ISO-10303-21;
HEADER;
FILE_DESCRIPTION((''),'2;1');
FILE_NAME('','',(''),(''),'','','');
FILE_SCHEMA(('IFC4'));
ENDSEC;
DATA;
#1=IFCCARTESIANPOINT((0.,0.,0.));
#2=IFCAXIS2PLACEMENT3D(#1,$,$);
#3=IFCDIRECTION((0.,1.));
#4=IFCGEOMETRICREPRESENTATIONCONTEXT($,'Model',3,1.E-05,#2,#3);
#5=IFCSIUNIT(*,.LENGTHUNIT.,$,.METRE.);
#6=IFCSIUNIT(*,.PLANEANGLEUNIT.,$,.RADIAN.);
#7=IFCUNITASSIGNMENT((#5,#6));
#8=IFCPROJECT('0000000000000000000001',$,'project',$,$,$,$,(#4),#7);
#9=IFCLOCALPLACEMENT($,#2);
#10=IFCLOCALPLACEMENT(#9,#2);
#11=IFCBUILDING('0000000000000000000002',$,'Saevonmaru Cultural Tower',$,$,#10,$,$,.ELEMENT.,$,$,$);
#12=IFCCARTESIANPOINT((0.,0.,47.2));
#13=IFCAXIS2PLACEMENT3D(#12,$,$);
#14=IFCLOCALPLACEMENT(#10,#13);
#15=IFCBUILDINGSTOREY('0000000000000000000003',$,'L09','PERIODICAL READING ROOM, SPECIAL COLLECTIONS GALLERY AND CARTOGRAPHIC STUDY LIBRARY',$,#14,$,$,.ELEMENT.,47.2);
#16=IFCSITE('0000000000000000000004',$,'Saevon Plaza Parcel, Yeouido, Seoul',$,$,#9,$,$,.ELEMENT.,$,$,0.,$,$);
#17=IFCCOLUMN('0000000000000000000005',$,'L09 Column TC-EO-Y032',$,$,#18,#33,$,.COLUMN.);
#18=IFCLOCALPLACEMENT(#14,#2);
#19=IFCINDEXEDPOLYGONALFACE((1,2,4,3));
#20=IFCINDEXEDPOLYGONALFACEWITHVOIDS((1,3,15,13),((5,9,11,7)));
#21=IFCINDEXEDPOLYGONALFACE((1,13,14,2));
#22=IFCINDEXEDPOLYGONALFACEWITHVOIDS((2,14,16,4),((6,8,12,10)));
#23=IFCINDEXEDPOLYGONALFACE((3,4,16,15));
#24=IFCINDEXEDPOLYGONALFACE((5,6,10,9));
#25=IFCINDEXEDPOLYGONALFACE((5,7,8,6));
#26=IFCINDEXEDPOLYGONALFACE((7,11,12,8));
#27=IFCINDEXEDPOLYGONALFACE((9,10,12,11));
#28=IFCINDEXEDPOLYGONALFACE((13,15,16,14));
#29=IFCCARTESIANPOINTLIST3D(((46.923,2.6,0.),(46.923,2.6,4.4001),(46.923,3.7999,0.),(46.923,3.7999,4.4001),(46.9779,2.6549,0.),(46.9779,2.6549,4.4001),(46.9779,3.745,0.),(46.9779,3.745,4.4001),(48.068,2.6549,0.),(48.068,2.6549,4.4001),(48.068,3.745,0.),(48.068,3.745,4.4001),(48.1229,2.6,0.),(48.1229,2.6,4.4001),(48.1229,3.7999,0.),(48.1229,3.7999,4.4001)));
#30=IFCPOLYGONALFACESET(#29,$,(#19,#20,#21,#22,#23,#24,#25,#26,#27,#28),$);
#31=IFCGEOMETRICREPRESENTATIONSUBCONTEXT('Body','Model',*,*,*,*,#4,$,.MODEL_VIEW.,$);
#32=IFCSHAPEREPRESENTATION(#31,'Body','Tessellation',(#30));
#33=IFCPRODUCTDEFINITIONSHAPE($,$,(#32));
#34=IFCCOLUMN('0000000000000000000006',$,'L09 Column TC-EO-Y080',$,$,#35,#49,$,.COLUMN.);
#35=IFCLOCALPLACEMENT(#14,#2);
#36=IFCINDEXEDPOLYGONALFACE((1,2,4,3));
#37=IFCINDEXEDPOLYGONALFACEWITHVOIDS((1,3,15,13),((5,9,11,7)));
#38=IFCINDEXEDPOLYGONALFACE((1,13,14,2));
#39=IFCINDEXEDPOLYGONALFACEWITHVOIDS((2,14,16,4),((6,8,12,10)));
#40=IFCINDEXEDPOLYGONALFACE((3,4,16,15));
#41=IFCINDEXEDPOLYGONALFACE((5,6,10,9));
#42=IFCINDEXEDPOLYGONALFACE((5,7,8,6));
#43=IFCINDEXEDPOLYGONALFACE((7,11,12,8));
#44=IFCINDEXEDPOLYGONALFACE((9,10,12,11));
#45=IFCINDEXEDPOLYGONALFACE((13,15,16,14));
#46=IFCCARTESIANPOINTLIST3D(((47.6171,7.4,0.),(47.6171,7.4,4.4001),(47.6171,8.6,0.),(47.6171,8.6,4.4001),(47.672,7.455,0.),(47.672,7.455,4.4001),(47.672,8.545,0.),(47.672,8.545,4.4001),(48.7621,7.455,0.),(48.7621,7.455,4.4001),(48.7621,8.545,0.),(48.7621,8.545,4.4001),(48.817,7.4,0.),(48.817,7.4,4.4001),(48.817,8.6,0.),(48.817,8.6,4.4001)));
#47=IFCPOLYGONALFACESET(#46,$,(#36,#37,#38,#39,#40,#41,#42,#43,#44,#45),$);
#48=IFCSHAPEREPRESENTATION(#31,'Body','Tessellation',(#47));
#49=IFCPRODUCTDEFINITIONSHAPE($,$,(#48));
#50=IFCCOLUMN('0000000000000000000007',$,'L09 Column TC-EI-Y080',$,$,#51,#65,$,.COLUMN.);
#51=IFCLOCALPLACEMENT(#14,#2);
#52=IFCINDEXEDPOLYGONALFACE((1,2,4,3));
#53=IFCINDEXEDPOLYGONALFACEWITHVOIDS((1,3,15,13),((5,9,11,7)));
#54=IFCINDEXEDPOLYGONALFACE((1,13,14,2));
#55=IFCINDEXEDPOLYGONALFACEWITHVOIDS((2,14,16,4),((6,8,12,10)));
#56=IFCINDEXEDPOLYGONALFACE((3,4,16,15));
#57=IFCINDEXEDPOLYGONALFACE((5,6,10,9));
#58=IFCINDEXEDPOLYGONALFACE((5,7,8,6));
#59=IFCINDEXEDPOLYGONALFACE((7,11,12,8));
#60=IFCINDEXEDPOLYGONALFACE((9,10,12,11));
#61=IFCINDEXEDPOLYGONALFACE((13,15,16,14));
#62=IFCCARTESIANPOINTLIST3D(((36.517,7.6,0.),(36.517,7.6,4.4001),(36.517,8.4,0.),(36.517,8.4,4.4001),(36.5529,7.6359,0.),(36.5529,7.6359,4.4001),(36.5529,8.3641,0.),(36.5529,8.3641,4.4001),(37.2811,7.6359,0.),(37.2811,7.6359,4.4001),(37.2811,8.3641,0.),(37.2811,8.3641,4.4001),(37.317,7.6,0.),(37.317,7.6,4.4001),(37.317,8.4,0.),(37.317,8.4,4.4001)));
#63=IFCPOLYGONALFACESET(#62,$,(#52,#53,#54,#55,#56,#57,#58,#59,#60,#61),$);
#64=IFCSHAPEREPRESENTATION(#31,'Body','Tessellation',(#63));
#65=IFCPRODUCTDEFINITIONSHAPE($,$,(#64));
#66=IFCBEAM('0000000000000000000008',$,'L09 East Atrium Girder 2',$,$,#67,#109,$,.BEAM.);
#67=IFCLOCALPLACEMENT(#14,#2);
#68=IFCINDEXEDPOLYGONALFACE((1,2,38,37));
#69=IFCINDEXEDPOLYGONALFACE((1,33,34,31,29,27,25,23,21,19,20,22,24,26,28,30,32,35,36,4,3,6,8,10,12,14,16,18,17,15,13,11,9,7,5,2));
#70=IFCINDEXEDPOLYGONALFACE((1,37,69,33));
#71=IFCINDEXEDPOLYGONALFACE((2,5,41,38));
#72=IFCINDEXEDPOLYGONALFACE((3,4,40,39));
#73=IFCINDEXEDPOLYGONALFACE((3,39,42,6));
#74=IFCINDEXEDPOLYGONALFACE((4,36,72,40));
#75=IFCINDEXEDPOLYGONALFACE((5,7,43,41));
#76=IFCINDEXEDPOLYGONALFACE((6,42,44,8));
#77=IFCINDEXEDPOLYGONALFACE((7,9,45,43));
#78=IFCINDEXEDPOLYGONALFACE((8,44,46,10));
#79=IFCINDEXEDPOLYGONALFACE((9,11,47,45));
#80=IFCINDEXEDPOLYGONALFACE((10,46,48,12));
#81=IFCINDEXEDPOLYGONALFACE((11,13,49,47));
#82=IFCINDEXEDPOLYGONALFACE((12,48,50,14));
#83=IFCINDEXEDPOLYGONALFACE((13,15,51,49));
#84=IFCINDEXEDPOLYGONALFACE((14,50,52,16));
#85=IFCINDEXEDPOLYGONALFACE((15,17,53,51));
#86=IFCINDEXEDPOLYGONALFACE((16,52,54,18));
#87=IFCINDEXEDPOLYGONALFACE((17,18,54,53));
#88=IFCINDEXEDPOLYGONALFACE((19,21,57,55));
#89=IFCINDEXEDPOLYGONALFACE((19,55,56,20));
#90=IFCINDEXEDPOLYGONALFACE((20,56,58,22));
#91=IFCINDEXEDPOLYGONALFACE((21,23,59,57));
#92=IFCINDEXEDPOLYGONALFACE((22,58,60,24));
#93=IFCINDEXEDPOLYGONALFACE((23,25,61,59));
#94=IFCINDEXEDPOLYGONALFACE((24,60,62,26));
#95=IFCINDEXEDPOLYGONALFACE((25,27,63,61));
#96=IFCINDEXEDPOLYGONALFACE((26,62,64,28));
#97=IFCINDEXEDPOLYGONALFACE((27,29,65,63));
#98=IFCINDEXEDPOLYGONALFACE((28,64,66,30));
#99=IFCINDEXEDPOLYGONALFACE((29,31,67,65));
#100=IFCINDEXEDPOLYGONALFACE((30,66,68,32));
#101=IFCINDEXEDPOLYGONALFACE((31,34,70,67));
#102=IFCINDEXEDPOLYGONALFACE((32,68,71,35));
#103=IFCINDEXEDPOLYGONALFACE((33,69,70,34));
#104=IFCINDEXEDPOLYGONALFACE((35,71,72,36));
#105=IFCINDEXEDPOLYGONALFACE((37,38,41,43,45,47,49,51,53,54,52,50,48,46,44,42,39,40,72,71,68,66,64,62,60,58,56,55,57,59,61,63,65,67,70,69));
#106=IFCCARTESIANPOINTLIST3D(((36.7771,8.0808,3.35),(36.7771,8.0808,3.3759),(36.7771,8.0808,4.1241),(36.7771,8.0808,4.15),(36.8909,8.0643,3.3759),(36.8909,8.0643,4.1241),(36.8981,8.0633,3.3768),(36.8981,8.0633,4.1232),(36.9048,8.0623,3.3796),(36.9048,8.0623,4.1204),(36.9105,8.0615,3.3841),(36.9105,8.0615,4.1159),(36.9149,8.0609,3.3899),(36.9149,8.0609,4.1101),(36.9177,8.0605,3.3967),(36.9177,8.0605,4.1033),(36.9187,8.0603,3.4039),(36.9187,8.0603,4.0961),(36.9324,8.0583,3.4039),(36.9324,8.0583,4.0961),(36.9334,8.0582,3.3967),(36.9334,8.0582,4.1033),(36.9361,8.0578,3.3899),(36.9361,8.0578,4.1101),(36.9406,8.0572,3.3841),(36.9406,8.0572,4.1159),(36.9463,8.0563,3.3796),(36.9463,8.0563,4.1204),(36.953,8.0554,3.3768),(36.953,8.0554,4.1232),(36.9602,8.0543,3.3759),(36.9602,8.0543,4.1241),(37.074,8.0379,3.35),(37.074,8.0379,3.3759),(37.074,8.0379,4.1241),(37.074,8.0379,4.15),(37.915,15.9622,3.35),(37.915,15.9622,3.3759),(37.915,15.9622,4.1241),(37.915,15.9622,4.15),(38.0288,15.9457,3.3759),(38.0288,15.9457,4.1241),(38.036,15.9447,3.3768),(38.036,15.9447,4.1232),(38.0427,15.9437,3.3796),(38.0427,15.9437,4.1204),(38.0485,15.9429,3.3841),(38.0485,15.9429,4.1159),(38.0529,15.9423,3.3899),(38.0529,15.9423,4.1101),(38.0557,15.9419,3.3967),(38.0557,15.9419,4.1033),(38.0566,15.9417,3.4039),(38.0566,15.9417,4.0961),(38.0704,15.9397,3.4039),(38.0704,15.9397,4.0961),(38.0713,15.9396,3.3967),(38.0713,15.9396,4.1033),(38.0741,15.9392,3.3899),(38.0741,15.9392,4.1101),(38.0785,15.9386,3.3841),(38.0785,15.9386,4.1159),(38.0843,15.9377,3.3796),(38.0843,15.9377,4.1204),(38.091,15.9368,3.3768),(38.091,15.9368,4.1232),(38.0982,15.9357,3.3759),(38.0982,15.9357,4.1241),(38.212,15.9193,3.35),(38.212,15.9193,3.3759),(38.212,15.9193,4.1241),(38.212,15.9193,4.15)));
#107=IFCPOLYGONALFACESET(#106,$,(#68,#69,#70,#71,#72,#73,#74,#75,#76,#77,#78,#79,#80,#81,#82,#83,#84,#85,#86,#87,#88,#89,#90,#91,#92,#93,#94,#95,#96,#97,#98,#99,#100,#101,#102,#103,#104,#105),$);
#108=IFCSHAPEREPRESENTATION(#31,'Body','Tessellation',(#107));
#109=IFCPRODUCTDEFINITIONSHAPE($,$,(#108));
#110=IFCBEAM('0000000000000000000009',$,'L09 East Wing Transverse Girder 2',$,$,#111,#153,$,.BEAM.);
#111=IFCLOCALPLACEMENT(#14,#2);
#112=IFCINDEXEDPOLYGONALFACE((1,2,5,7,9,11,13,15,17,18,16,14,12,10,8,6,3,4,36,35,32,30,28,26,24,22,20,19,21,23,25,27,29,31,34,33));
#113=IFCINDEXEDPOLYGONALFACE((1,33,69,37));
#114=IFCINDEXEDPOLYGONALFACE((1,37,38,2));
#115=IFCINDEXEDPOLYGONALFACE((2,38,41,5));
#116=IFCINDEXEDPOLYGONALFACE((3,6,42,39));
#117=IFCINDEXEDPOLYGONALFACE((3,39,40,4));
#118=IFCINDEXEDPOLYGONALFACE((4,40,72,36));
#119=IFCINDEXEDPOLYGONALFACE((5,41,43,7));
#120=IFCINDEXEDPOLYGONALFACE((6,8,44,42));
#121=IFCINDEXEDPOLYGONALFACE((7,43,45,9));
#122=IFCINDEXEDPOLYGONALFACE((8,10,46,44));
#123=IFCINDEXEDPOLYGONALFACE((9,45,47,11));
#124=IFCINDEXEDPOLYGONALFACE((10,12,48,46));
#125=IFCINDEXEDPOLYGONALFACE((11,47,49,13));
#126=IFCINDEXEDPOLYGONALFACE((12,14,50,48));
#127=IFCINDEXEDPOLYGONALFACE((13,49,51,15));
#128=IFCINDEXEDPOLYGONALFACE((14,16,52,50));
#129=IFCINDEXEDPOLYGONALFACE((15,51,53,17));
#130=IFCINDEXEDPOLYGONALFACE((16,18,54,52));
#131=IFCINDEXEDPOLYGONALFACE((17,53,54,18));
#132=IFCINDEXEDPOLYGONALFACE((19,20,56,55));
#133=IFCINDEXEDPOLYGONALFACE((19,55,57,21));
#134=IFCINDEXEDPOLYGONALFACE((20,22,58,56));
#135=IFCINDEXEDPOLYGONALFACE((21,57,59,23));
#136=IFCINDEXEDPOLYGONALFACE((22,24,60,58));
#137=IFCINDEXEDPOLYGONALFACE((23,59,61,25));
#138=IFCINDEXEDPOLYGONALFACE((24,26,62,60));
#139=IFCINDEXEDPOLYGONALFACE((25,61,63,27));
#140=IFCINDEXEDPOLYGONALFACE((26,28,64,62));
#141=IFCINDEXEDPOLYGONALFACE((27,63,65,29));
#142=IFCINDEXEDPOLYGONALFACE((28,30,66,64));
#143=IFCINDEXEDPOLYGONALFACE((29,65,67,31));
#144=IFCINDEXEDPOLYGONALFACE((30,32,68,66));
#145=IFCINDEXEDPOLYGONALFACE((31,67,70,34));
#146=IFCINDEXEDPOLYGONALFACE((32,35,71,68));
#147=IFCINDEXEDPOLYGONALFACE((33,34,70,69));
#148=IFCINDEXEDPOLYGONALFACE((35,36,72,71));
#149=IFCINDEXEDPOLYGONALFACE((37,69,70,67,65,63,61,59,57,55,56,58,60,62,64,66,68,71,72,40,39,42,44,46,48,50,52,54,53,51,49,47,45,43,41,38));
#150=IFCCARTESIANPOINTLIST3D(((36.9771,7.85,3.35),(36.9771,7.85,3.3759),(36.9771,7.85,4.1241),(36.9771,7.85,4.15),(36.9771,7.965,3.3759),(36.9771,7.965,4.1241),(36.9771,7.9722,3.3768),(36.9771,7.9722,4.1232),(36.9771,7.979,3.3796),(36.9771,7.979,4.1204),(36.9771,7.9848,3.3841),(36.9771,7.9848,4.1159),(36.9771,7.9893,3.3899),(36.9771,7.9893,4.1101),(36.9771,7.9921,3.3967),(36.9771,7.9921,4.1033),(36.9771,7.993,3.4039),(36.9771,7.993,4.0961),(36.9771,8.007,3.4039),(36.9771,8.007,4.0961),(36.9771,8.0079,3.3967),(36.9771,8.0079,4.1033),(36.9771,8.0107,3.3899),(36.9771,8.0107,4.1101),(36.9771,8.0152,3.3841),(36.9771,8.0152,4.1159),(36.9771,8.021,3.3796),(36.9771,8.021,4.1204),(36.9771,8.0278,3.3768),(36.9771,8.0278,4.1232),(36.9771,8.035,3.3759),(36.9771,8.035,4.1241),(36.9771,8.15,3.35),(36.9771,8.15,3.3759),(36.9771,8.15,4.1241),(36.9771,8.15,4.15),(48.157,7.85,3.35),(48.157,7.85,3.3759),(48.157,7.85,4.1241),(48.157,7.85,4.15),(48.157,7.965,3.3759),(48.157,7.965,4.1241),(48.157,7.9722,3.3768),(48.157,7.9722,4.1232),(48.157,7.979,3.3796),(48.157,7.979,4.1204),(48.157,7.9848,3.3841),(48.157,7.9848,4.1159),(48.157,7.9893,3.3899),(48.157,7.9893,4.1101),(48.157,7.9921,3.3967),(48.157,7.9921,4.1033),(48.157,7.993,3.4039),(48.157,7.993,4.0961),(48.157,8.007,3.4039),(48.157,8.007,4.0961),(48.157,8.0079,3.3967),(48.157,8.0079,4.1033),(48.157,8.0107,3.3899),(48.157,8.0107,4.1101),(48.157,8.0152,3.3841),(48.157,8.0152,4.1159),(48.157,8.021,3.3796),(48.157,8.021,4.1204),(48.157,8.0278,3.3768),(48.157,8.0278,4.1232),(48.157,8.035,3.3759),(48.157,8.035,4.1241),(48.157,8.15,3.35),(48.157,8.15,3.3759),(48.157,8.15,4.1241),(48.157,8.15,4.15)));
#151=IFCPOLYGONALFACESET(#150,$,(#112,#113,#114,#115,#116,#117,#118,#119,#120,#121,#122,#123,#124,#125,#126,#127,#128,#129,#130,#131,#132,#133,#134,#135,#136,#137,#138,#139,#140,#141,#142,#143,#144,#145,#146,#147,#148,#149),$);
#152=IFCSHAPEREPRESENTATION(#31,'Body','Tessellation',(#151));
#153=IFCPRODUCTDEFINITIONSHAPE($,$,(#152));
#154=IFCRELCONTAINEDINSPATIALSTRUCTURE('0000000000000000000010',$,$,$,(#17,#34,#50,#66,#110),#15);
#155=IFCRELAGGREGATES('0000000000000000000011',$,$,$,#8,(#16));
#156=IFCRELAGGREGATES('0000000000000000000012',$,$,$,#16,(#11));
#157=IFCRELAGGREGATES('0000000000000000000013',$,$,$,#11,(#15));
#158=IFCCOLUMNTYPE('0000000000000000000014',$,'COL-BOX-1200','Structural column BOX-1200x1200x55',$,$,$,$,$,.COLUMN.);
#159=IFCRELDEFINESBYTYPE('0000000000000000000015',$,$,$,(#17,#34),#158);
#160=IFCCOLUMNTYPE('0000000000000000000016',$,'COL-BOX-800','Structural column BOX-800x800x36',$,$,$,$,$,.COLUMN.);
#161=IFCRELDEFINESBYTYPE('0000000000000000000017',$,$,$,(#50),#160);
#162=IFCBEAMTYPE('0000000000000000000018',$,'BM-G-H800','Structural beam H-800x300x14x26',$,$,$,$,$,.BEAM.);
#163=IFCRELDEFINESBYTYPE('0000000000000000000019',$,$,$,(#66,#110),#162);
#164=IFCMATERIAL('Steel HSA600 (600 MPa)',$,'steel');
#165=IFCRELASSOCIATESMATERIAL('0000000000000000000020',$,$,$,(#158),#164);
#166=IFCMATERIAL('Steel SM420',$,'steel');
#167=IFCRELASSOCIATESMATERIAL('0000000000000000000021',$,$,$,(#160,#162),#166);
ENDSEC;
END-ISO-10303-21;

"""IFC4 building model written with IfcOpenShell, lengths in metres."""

from ifc_helpers import new_model, si_unit, direction, frame, origin, origin_2d, place, context, subcontext, project, spatial, hollow_rectangle, i_section, extrude, material, material_profile, profile_set, type_object, element, save


model = new_model("IFC4")

# Units and contexts
model_context = context("Model", 3, precision=1e-05, world=origin(), true_north=direction((0.0, 1.0)))
body_context = subcontext(model_context, "Body", "Model", "MODEL_VIEW")
ifc_project = project(units=[si_unit("LENGTHUNIT", "METRE"), si_unit("PLANEANGLEUNIT", "RADIAN")], contexts=[model_context])

# Site, building, storey
site_placement = place(None, origin())
site = spatial("IfcSite", under=ifc_project, at=site_placement, Name="Saevon Plaza Parcel, Yeouido, Seoul", CompositionType="ELEMENT", RefElevation=0.0)
building_placement = place(site_placement, origin())
building = spatial("IfcBuilding", under=site, at=building_placement, Name="Saevonmaru Cultural Tower", CompositionType="ELEMENT")
storey_placement = place(building_placement, frame((0.0, 0.0, 47.2)))
storey = spatial("IfcBuildingStorey", under=building, at=storey_placement, Name="L09", Description="PERIODICAL READING ROOM, SPECIAL COLLECTIONS GALLERY AND CARTOGRAPHIC STUDY LIBRARY", CompositionType="ELEMENT", Elevation=47.2)

# Columns
ifc_material_1 = material(Name="Steel HSA600 (600 MPa)", Category="steel")
ifc_material_profile_1 = material_profile(ifc_material_1, hollow_rectangle(XDim=1.2, YDim=1.2, WallThickness=0.0549, at=origin_2d()), Name="BOX-1200x1200x55")
ifc_profile_set_1 = profile_set([ifc_material_profile_1], Name="Steel HSA600 (600 MPa)")
column_type_1 = type_object("IfcColumnType", Name="COL-BOX-1200", Description="Structural column BOX-1200x1200x55", PredefinedType="COLUMN", material=ifc_profile_set_1)
for number, where, z_axis, x_axis, name in (
    (1, (47.5229, 3.2, 0.0), (0.0, 0.0, 1.0), (1.0, 0.0, 0.0), "L09 Column TC-EO-Y032"),
    (2, (48.217, 8.0, 0.0), (0.0, 0.0, 1.0), (1.0, 0.0, 0.0), "L09 Column TC-EO-Y080"),
):
    element("IfcColumn", number, at=place(storey_placement, frame(where, z_axis=z_axis, x_axis=x_axis)), inside=storey, type_object=column_type_1, Name=name, PredefinedType="COLUMN", context=body_context, shape_type="SweptSolid", body=[
        extrude(hollow_rectangle(XDim=1.2, YDim=1.2, WallThickness=0.0549, at=origin_2d()), origin(), (0.0, 0.0, 1.0), 4.4001),
    ])
ifc_material_2 = material(Name="Steel SM420", Category="steel")
ifc_material_profile_2 = material_profile(ifc_material_2, hollow_rectangle(XDim=0.8, YDim=0.8, WallThickness=0.0359, at=origin_2d()), Name="BOX-800x800x36")
ifc_profile_set_2 = profile_set([ifc_material_profile_2], Name="Steel SM420")
column_type_2 = type_object("IfcColumnType", Name="COL-BOX-800", Description="Structural column BOX-800x800x36", PredefinedType="COLUMN", material=ifc_profile_set_2)
column_placement = place(storey_placement, frame((36.917, 8.0, 0.0), z_axis=(0.0, 0.0, 1.0), x_axis=(1.0, 0.0, 0.0)))
element("IfcColumn", 3, at=column_placement, inside=storey, type_object=column_type_2, Name="L09 Column TC-EI-Y080", PredefinedType="COLUMN", context=body_context, shape_type="SweptSolid", body=[
    extrude(hollow_rectangle(XDim=0.8, YDim=0.8, WallThickness=0.0359, at=origin_2d()), origin(), (0.0, 0.0, 1.0), 4.4001),
])

# Beams
ifc_material_profile_3 = material_profile(ifc_material_2, i_section(OverallWidth=0.3, OverallDepth=0.8, WebThickness=0.0139, FlangeThickness=0.0259, FilletRadius=0.0281, at=origin_2d()), Name="H-800x300x14x26")
ifc_profile_set_3 = profile_set([ifc_material_profile_3], Name="Steel SM420")
beam_type_1 = type_object("IfcBeamType", Name="BM-G-H800", Description="Structural beam H-800x300x14x26", PredefinedType="BEAM", material=ifc_profile_set_3)
beam_1_placement = place(storey_placement, frame((36.9255, 8.0593, 3.75), z_axis=(0.142902, 0.989737, 0.0), x_axis=(-0.989737, 0.142902, 0.0)))
element("IfcBeam", 4, at=beam_1_placement, inside=storey, type_object=beam_type_1, Name="L09 East Atrium Girder 2", PredefinedType="BEAM", context=body_context, shape_type="SweptSolid", body=[
    extrude(i_section(OverallWidth=0.3, OverallDepth=0.8, WebThickness=0.0139, FlangeThickness=0.0259, FilletRadius=0.0281, at=origin_2d()), origin(), (0.0, 0.0, 1.0), 7.9631),
])
beam_2_placement = place(storey_placement, frame((36.9771, 8.0, 3.75), z_axis=(1.0, 0.0, 0.0), x_axis=(0.0, 1.0, 0.0)))
element("IfcBeam", 5, at=beam_2_placement, inside=storey, type_object=beam_type_1, Name="L09 East Wing Transverse Girder 2", PredefinedType="BEAM", context=body_context, shape_type="SweptSolid", body=[
    extrude(i_section(OverallWidth=0.3, OverallDepth=0.8, WebThickness=0.0139, FlangeThickness=0.0259, FilletRadius=0.0281, at=origin_2d()), origin(), (0.0, 0.0, 1.0), 11.1799),
])

save(model, "model.ifc")
